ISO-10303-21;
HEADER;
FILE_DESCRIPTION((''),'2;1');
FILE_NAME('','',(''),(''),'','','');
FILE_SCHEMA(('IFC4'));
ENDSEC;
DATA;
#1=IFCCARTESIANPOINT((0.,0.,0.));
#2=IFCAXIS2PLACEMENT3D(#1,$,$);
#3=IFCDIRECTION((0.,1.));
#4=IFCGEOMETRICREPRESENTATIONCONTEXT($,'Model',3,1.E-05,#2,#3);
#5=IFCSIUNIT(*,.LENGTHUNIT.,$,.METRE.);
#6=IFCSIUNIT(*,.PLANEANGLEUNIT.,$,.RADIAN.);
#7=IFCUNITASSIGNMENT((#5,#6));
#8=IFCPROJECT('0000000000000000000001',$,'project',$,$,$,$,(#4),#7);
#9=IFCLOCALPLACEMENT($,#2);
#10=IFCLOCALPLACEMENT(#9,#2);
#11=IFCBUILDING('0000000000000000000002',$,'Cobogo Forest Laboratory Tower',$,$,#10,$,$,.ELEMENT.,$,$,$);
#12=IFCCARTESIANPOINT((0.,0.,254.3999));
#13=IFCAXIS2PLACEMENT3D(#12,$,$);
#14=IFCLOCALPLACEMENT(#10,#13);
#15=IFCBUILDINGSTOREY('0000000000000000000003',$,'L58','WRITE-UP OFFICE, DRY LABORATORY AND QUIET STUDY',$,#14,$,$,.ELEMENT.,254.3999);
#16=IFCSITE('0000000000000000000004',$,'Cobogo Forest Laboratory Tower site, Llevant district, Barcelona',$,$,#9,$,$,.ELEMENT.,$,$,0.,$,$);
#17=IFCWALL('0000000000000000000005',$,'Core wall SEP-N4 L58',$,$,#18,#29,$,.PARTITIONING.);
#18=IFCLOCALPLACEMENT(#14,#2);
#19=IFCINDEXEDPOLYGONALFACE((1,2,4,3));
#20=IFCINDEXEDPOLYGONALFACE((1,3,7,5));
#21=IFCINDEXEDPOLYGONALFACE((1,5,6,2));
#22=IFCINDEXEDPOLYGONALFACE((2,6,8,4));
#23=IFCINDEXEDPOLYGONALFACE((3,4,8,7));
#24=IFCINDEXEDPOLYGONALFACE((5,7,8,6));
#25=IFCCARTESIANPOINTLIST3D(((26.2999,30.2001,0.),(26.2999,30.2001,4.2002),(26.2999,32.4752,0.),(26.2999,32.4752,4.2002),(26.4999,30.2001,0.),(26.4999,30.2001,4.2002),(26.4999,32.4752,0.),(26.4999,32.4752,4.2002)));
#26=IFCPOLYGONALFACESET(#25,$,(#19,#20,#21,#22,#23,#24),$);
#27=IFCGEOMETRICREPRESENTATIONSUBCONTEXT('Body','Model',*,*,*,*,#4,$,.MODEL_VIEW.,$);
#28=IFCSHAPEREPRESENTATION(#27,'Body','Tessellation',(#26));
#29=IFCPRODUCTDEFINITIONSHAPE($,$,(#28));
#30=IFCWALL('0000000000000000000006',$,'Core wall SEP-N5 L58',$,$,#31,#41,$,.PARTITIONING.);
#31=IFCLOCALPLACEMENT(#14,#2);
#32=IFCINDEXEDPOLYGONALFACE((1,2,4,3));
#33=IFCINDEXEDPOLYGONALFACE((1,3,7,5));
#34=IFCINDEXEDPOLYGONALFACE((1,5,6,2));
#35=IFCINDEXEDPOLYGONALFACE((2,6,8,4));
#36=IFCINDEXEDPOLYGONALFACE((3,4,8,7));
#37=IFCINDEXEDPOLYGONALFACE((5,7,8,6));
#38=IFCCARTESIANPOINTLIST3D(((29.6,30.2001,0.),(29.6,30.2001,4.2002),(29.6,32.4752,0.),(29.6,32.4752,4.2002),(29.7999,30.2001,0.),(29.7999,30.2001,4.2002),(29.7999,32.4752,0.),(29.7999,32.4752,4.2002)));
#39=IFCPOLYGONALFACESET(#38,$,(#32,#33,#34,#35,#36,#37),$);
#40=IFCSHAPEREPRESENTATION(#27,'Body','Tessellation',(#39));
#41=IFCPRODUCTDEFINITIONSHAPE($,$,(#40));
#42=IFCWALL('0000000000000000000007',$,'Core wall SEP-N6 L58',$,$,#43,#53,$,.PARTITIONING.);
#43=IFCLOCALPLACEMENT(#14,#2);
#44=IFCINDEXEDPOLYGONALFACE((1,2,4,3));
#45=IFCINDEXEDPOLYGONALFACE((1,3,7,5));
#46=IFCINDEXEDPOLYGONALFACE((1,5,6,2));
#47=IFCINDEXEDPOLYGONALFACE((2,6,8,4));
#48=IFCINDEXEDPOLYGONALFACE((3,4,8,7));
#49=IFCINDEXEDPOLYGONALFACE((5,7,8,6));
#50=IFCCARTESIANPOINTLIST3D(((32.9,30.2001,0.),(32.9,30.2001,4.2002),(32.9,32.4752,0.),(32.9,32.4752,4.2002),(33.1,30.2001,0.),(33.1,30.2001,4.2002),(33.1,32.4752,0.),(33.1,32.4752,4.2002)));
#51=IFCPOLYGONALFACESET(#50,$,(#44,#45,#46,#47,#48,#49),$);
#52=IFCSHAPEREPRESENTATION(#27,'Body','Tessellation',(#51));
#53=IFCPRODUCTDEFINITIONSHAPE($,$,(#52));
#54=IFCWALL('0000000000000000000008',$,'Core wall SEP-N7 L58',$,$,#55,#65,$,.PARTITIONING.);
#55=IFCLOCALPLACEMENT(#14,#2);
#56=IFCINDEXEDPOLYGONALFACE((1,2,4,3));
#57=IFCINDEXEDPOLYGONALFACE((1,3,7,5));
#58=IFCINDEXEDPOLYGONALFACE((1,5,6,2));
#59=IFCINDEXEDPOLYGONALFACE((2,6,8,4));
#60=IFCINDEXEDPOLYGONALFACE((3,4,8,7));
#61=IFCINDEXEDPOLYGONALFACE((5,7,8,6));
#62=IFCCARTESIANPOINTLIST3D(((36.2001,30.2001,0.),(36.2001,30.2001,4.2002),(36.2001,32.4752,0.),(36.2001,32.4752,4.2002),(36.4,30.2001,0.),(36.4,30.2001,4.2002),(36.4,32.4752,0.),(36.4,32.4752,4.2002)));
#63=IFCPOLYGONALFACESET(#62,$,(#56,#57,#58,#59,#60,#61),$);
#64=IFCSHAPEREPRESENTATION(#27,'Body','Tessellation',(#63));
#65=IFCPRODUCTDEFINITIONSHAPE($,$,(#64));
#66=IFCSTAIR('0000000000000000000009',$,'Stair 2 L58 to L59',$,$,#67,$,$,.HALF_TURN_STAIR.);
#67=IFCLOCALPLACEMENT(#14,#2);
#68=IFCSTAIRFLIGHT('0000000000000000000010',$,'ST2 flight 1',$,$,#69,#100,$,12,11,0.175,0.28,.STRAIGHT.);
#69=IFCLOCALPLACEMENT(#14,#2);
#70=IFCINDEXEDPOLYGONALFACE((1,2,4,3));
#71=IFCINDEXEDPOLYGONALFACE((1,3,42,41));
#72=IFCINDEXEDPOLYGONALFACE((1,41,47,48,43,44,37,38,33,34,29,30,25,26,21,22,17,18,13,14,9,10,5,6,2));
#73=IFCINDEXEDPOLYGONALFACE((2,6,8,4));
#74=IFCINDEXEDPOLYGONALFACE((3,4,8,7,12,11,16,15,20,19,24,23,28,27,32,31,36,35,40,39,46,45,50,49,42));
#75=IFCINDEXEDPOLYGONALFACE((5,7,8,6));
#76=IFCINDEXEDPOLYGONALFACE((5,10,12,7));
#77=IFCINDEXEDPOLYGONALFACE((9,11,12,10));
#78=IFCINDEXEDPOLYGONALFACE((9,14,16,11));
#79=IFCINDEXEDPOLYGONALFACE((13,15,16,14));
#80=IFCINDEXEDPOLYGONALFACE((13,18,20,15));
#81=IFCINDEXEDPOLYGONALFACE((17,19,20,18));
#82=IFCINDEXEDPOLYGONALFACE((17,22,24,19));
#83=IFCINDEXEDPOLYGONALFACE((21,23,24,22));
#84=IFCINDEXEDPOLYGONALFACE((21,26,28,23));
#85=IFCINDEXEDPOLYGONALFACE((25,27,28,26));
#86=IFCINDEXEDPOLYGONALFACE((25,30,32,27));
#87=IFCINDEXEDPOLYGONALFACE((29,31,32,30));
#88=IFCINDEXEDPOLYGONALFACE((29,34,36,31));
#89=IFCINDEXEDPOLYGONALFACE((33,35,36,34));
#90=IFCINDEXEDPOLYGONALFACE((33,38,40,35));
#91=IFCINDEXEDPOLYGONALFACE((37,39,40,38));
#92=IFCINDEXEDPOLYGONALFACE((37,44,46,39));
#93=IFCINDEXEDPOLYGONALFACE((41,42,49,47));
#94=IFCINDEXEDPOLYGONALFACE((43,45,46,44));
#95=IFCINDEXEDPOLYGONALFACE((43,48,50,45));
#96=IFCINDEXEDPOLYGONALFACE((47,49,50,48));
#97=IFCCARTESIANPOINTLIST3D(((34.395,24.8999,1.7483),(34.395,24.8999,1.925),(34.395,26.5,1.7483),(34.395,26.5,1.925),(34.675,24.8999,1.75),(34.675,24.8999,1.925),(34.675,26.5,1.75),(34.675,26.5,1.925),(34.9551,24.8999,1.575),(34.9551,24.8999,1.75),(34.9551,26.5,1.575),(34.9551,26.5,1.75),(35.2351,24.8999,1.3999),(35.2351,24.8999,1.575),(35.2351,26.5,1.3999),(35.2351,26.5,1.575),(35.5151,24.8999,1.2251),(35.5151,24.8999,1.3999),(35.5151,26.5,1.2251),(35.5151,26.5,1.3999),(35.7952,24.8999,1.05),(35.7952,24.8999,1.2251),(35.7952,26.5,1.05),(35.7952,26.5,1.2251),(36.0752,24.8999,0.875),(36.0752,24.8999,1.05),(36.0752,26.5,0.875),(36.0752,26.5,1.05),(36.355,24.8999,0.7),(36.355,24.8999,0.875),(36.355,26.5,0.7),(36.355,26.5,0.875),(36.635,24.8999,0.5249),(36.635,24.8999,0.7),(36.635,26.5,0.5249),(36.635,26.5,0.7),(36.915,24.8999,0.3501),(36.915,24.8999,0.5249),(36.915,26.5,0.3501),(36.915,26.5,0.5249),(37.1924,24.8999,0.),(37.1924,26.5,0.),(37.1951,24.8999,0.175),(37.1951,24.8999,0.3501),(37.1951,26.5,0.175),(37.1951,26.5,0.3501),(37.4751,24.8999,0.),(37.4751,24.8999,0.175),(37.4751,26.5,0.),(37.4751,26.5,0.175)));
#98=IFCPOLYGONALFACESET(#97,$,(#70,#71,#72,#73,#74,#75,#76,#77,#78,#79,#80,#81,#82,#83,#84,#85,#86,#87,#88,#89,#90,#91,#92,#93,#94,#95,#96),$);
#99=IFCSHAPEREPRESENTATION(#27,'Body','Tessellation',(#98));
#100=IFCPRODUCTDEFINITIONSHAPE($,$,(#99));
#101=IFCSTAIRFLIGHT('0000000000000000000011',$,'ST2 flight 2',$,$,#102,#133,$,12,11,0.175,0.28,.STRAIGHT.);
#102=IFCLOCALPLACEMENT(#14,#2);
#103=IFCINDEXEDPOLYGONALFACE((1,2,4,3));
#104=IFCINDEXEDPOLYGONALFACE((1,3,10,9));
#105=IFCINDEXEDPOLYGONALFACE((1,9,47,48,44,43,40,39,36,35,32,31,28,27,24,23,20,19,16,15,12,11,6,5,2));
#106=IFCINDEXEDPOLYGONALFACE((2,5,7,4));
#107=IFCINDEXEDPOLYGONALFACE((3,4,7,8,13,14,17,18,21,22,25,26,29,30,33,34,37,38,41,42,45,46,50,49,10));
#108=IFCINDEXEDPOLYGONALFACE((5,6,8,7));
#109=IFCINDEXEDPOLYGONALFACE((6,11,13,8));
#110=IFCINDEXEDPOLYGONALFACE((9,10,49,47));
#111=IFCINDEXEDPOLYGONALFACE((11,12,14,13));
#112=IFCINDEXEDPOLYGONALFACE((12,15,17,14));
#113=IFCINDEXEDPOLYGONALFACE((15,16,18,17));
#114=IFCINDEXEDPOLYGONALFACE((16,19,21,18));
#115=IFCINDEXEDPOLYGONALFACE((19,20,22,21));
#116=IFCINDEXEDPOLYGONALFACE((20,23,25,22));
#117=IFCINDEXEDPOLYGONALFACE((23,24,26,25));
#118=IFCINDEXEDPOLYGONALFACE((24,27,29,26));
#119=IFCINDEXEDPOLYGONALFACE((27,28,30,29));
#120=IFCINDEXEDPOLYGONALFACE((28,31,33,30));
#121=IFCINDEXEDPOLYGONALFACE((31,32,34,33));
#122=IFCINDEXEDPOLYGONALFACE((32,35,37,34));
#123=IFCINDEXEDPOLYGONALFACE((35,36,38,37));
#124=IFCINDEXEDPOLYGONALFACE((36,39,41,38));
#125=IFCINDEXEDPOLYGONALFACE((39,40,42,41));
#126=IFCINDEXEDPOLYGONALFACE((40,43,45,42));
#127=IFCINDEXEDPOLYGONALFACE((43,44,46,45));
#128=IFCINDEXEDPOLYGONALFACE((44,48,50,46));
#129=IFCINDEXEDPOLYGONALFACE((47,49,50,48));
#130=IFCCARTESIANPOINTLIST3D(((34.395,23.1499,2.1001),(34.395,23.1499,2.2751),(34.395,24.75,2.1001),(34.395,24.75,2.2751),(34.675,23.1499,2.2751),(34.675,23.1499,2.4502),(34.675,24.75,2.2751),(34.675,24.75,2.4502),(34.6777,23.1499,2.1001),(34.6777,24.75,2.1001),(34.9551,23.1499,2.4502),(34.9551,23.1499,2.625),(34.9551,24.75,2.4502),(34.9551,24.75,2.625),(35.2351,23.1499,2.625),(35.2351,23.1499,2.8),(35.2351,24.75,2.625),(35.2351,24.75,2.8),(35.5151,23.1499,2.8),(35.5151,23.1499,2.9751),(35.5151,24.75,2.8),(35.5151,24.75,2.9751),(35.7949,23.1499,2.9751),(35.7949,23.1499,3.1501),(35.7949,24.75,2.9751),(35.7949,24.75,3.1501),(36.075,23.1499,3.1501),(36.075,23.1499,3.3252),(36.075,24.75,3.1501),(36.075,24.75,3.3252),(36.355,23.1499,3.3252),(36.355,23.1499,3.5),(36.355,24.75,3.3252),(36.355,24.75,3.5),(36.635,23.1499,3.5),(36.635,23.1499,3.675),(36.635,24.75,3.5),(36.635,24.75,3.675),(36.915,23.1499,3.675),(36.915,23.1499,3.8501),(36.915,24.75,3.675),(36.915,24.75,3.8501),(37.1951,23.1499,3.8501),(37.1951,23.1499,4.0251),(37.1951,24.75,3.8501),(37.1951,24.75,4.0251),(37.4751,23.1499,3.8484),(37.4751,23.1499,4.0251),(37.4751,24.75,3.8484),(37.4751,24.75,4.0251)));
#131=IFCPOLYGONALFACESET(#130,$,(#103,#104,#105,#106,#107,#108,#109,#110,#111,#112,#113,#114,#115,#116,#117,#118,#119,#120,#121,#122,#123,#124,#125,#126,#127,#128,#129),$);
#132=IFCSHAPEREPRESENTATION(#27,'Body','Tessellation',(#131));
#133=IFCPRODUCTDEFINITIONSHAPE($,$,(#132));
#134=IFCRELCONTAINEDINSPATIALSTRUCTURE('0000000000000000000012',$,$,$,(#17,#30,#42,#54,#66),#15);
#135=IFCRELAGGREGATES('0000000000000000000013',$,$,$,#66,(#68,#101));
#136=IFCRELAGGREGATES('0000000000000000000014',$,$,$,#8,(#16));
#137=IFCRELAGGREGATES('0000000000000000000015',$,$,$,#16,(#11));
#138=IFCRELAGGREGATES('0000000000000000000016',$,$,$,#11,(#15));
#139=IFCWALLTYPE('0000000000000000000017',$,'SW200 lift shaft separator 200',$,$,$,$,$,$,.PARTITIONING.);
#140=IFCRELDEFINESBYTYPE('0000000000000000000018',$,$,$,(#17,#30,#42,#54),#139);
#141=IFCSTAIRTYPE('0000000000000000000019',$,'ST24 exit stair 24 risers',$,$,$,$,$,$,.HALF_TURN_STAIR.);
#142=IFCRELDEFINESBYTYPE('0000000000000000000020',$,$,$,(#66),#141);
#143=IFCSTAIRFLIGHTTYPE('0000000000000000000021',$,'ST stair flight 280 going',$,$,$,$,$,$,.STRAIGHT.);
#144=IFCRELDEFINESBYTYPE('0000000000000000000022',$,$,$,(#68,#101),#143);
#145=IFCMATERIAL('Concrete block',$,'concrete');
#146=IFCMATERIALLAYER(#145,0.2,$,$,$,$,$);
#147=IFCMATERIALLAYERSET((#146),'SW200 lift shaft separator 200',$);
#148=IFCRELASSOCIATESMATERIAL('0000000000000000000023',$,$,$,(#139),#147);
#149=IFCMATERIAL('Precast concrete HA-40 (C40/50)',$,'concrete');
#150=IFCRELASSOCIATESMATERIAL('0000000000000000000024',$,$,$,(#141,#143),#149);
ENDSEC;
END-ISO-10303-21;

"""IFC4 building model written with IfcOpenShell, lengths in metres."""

from ifc_helpers import new_model, si_unit, direction, frame, frame_2d, origin, place, context, subcontext, project, spatial, polyline, rectangle, outline, extrude, material, layer, layer_set, type_object, element, aggregate, save


model = new_model("IFC4")

# Units and contexts
model_context = context("Model", 3, precision=1e-05, world=origin(), true_north=direction((0.0, 1.0)))
body_context = subcontext(model_context, "Body", "Model", "MODEL_VIEW")
ifc_project = project(units=[si_unit("LENGTHUNIT", "METRE"), si_unit("PLANEANGLEUNIT", "RADIAN")], contexts=[model_context])

# Site, building, storey
site_placement = place(None, origin())
site = spatial("IfcSite", under=ifc_project, at=site_placement, Name="Cobogo Forest Laboratory Tower site, Llevant district, Barcelona", CompositionType="ELEMENT", RefElevation=0.0)
building_placement = place(site_placement, origin())
building = spatial("IfcBuilding", under=site, at=building_placement, Name="Cobogo Forest Laboratory Tower", CompositionType="ELEMENT")
storey_placement = place(building_placement, frame((0.0, 0.0, 254.3999)))
storey = spatial("IfcBuildingStorey", under=building, at=storey_placement, Name="L58", Description="WRITE-UP OFFICE, DRY LABORATORY AND QUIET STUDY", CompositionType="ELEMENT", Elevation=254.3999)

# Walls
ifc_material_1 = material(Name="Concrete block", Category="concrete")
ifc_layer_1 = layer(ifc_material_1, 0.2)
ifc_layer_set_1 = layer_set([ifc_layer_1], Name="SW200 lift shaft separator 200")
wall_type_1 = type_object("IfcWallType", Name="SW200 lift shaft separator 200", PredefinedType="PARTITIONING", material=ifc_layer_set_1)
for number, where, z_axis, x_axis, name in (
    (1, (26.3999, 30.2, 0.0), (0.0, 0.0, 1.0), (0.0, 1.0, 0.0), "Core wall SEP-N4 L58"),
    (2, (29.7, 30.2, 0.0), (0.0, 0.0, 1.0), (0.0, 1.0, 0.0), "Core wall SEP-N5 L58"),
    (3, (33.0, 30.2, 0.0), (0.0, 0.0, 1.0), (0.0, 1.0, 0.0), "Core wall SEP-N6 L58"),
    (4, (36.3, 30.2, 0.0), (0.0, 0.0, 1.0), (0.0, 1.0, 0.0), "Core wall SEP-N7 L58"),
):
    element("IfcWall", number, at=place(storey_placement, frame(where, z_axis=z_axis, x_axis=x_axis)), inside=storey, type_object=wall_type_1, Name=name, PredefinedType="PARTITIONING", context=body_context, shape_type="SweptSolid", body=[
        extrude(rectangle(XDim=2.2751, YDim=0.2, at=frame_2d((1.1377, 0.0))), origin(), (0.0, 0.0, 1.0), 4.2002),
    ])

# Stair, stair flights
ifc_material_2 = material(Name="Precast concrete HA-40 (C40/50)", Category="concrete")
stair_type = type_object("IfcStairType", Name="ST24 exit stair 24 risers", PredefinedType="HALF_TURN_STAIR", material=ifc_material_2)
stair_placement = place(storey_placement, origin())
stair = element("IfcStair", 5, at=stair_placement, inside=storey, type_object=stair_type, Name="Stair 2 L58 to L59", PredefinedType="HALF_TURN_STAIR")
stair_flight_type = type_object("IfcStairFlightType", Name="ST stair flight 280 going", PredefinedType="STRAIGHT", material=ifc_material_2)
stair_flight_1_placement = place(storey_placement, frame((37.4751, 25.7, 0.0), z_axis=(0.0, 0.0, 1.0), x_axis=(-1.0, 0.0, 0.0)))
stair_flight_1 = element("IfcStairFlight", 6, at=stair_flight_1_placement, type_object=stair_flight_type, Name="ST2 flight 1", NumberOfRisers=12, NumberOfTreads=11, PredefinedType="STRAIGHT", RiserHeight=0.175, TreadLength=0.28, context=body_context, shape_type="SweptSolid", body=[
    extrude(outline(polyline([(0.0, 0.0), (0.0, 0.175), (0.28, 0.175), (0.28, 0.3501), (0.5601, 0.3501), (0.5601, 0.5249), (0.8401, 0.5249), (0.8401, 0.7), (1.1201, 0.7), (1.1201, 0.875), (1.3999, 0.875), (1.3999, 1.05), (1.6799, 1.05), (1.6799, 1.2251), (1.96, 1.2251), (1.96, 1.3999), (2.24, 1.3999), (2.24, 1.575), (2.52, 1.575), (2.52, 1.75), (2.8, 1.75), (2.8, 1.925), (3.0801, 1.925), (3.0801, 2.1001), (3.0801, 1.7483), (0.2827, 0.0), (0.0, 0.0)])), frame((0.0, 0.8, 0.0), z_axis=(0.0, -1.0, 0.0), x_axis=(1.0, 0.0, 0.0)), (0.0, 0.0, 1.0), 1.6001),
])
stair_flight_2_placement = place(storey_placement, frame((34.395, 23.95, 2.1001), z_axis=(0.0, 0.0, 1.0), x_axis=(1.0, 0.0, 0.0)))
stair_flight_2 = element("IfcStairFlight", 7, at=stair_flight_2_placement, type_object=stair_flight_type, Name="ST2 flight 2", NumberOfRisers=12, NumberOfTreads=11, PredefinedType="STRAIGHT", RiserHeight=0.175, TreadLength=0.28, context=body_context, shape_type="SweptSolid", body=[
    extrude(outline(polyline([(0.0, 0.0), (0.0, 0.175), (0.28, 0.175), (0.28, 0.3501), (0.5601, 0.3501), (0.5601, 0.5249), (0.8401, 0.5249), (0.8401, 0.7), (1.1201, 0.7), (1.1201, 0.875), (1.3999, 0.875), (1.3999, 1.05), (1.6799, 1.05), (1.6799, 1.2251), (1.96, 1.2251), (1.96, 1.3999), (2.24, 1.3999), (2.24, 1.575), (2.52, 1.575), (2.52, 1.75), (2.8, 1.75), (2.8, 1.925), (3.0801, 1.925), (3.0801, 2.1001), (3.0801, 1.7483), (0.2827, 0.0), (0.0, 0.0)])), frame((0.0, 0.8, 0.0), z_axis=(0.0, -1.0, 0.0), x_axis=(1.0, 0.0, 0.0)), (0.0, 0.0, 1.0), 1.6001),
])
aggregate(stair, [stair_flight_1, stair_flight_2])

save(model, "model.ifc")
